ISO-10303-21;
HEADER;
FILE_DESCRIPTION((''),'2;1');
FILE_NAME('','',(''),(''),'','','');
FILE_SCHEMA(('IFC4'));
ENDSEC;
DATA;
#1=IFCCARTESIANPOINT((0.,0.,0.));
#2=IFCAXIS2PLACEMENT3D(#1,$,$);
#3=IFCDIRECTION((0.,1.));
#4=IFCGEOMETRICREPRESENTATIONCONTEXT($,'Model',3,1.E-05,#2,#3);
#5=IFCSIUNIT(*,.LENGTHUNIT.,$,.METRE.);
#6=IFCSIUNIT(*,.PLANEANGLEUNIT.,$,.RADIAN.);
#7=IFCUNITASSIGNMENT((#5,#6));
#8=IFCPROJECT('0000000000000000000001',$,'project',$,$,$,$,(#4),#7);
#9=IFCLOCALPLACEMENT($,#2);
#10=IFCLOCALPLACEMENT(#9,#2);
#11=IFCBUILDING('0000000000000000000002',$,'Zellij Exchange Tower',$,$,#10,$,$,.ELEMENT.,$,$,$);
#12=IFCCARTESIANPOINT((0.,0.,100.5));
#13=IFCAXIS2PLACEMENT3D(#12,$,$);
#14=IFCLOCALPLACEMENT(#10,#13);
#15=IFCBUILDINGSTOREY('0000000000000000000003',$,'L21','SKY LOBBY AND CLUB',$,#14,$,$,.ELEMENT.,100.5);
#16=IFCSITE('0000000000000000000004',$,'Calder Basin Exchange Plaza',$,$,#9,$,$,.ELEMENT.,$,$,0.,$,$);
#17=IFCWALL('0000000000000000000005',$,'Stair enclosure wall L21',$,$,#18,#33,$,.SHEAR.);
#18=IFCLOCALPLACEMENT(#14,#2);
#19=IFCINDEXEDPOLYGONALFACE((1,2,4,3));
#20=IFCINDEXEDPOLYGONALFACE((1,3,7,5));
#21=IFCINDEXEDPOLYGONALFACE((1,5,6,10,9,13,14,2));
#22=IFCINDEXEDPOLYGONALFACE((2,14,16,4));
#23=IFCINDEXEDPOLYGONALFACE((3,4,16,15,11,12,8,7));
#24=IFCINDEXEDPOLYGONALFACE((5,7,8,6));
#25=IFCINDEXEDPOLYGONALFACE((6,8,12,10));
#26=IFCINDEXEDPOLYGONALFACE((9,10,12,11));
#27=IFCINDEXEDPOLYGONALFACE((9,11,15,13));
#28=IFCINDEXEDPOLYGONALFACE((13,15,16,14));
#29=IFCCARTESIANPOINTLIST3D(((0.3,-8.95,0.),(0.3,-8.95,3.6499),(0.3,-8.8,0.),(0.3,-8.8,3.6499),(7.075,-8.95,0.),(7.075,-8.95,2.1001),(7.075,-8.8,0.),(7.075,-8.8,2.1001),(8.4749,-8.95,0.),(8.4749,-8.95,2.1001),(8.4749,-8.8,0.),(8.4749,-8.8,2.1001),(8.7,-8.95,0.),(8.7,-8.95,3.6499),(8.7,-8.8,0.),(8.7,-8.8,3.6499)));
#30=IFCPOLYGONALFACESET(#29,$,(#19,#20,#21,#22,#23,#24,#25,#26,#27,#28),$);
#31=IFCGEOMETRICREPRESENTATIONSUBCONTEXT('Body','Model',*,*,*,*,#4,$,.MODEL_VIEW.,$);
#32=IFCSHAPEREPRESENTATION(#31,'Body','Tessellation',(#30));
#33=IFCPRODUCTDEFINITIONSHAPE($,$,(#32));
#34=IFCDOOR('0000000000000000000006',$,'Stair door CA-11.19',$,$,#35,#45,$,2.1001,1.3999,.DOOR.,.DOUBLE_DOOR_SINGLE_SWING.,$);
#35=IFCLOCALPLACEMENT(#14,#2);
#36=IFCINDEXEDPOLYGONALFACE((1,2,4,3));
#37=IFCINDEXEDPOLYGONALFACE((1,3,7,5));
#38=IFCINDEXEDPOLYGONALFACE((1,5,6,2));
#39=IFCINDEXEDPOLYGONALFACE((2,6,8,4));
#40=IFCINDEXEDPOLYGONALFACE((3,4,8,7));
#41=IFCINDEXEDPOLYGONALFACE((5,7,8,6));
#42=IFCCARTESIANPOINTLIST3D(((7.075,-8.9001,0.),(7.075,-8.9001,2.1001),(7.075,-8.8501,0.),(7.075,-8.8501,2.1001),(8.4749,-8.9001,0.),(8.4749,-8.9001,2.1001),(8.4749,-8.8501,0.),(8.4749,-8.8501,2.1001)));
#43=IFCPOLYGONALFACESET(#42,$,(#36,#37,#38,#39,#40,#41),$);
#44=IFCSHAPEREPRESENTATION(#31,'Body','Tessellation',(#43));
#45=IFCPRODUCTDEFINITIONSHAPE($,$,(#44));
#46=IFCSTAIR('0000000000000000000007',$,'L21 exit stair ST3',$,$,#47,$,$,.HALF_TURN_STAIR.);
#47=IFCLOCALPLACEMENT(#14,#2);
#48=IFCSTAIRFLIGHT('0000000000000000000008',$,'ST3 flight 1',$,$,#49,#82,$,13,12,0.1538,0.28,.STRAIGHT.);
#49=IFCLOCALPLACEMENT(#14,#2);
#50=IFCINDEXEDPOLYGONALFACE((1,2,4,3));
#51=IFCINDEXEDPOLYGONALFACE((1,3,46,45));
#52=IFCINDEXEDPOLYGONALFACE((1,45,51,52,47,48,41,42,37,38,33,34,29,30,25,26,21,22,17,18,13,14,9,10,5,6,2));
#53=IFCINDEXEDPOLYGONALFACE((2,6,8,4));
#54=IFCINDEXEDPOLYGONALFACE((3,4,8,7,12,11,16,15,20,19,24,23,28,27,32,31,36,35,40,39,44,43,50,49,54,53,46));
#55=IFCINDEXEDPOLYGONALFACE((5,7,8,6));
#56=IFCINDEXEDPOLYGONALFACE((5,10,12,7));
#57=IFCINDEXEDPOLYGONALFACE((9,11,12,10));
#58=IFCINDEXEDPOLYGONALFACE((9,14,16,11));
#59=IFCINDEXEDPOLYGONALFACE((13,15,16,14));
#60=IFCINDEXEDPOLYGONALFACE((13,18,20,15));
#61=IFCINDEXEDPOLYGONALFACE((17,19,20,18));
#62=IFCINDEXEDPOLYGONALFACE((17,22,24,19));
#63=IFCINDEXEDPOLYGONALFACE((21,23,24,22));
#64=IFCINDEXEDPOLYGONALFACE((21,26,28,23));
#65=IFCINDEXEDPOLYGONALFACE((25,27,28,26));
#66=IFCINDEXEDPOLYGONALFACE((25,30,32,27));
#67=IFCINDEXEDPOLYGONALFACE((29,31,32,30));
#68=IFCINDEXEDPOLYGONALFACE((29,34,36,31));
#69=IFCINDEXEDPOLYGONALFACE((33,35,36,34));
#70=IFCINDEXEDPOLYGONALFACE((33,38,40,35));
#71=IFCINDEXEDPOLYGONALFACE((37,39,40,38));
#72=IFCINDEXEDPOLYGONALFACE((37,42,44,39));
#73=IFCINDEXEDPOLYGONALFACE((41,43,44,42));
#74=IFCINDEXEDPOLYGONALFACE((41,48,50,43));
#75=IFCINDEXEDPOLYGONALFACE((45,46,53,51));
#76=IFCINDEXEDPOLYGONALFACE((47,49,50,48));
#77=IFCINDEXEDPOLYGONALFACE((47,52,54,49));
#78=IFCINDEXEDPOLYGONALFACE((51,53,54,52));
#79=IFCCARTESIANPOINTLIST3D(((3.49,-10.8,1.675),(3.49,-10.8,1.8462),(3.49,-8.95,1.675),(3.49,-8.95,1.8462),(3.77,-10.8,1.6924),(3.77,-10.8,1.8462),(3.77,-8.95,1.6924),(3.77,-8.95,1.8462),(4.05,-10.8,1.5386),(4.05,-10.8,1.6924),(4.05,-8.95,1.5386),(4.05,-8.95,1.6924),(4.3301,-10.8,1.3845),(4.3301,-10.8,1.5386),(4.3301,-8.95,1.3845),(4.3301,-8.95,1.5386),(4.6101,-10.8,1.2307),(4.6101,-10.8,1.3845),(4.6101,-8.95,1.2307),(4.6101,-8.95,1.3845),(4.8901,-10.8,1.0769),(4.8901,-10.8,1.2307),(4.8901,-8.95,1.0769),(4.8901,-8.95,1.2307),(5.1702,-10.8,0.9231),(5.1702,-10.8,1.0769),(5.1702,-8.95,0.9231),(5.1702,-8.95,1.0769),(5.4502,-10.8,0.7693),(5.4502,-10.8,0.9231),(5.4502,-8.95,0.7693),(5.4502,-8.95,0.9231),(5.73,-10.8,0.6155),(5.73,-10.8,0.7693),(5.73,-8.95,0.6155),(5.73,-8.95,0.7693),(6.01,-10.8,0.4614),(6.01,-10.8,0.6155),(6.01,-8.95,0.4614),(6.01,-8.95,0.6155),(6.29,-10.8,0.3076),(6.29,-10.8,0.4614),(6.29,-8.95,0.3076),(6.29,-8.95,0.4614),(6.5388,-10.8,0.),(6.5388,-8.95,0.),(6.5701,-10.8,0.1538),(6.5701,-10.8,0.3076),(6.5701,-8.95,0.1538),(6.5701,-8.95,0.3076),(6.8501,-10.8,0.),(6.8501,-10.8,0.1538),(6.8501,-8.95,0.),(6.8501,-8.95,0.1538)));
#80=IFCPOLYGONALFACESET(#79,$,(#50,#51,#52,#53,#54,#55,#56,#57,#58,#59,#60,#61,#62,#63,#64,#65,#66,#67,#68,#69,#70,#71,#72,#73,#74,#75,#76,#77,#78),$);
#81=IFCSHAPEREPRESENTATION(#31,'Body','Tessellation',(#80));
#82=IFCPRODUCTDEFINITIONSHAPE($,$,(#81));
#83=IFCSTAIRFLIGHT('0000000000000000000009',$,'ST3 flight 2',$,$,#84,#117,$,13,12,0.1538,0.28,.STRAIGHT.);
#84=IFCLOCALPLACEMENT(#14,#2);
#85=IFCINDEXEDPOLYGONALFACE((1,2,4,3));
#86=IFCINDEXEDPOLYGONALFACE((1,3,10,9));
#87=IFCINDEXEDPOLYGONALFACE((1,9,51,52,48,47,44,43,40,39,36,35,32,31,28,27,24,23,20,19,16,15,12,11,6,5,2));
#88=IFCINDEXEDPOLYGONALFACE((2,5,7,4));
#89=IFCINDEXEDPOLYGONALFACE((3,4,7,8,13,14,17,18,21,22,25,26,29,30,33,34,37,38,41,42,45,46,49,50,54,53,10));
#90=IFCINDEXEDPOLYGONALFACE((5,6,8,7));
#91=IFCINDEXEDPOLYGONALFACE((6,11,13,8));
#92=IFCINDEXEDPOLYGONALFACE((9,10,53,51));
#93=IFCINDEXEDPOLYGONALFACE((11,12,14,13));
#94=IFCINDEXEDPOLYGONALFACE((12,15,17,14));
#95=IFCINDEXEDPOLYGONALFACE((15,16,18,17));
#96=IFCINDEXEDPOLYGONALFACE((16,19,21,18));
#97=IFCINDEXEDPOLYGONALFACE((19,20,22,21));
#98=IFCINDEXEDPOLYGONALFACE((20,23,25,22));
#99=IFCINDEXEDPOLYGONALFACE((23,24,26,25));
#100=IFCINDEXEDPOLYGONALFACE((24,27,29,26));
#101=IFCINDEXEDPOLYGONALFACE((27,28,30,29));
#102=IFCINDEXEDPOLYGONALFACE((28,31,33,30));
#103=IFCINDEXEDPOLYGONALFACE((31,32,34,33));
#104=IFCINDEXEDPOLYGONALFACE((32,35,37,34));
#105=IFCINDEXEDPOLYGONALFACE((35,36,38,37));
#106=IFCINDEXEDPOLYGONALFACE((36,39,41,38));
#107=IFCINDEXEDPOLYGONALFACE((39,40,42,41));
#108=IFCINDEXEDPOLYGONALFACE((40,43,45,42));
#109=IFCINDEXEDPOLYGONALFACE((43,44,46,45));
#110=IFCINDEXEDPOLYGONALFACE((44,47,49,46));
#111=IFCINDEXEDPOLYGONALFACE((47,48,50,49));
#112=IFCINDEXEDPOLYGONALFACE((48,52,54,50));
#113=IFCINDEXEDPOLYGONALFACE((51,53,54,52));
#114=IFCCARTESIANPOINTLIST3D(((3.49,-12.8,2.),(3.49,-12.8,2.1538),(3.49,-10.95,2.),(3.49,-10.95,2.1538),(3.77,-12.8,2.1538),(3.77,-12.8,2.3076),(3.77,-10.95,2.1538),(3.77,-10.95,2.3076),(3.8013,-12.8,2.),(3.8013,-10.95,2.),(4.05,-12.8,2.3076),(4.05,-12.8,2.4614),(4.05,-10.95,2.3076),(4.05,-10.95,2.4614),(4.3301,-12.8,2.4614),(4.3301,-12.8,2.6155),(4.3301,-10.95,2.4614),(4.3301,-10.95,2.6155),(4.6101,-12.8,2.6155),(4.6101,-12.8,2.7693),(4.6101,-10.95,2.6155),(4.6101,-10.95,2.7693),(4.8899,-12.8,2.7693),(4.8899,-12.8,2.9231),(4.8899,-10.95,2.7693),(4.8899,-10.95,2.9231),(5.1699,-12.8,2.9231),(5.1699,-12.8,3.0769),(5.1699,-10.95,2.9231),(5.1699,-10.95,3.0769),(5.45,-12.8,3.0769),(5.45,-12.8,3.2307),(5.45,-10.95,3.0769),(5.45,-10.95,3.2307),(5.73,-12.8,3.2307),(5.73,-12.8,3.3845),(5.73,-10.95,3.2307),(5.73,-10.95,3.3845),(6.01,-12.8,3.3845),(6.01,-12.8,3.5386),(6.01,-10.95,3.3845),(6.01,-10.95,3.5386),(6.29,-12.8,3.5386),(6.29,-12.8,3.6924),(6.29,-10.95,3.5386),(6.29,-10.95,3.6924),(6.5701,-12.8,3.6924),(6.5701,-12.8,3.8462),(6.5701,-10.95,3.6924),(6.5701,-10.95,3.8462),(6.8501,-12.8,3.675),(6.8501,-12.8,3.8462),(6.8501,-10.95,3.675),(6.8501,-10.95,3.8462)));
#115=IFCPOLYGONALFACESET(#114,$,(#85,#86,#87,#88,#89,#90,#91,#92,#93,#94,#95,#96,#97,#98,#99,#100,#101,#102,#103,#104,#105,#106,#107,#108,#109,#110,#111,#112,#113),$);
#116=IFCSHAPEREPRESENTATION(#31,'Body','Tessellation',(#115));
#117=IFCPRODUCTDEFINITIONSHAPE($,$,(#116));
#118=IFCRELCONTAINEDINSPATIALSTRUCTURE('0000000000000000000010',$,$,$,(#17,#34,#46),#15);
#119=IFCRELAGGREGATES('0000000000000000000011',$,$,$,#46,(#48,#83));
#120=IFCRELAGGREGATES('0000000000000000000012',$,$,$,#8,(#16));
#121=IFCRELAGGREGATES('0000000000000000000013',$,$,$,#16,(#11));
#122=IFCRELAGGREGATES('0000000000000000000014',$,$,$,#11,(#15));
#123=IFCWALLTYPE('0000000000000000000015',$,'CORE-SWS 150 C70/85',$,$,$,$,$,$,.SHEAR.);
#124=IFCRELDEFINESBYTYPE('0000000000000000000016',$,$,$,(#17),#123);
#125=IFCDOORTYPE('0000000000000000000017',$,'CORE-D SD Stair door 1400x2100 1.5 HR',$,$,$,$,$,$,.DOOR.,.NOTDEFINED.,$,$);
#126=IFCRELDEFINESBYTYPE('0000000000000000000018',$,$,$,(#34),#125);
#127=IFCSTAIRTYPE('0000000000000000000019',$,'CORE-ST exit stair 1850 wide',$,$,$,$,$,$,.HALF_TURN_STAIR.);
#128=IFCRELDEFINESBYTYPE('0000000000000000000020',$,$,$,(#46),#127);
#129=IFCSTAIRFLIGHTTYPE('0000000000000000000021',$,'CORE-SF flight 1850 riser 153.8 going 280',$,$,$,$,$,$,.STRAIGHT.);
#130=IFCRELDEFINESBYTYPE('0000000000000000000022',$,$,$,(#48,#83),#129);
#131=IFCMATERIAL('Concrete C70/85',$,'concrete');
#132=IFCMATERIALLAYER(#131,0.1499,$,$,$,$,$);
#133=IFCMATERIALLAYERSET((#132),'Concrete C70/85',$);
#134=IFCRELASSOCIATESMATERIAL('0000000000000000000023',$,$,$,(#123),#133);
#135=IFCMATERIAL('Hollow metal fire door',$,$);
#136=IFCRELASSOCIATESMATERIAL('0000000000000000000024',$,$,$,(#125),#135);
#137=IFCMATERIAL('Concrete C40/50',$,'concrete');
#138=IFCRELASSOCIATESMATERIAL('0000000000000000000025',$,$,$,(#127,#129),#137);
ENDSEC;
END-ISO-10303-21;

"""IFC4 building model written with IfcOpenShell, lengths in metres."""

from ifc_helpers import new_model, si_unit, direction, frame, frame_2d, origin, place, context, subcontext, project, spatial, polyline, rectangle, outline, extrude, material, layer, layer_set, type_object, element, fill, aggregate, save


model = new_model("IFC4")

# Units and contexts
model_context = context("Model", 3, precision=1e-05, world=origin(), true_north=direction((0.0, 1.0)))
body_context = subcontext(model_context, "Body", "Model", "MODEL_VIEW")
ifc_project = project(units=[si_unit("LENGTHUNIT", "METRE"), si_unit("PLANEANGLEUNIT", "RADIAN")], contexts=[model_context])

# Site, building, storey
site_placement = place(None, origin())
site = spatial("IfcSite", under=ifc_project, at=site_placement, Name="Calder Basin Exchange Plaza", CompositionType="ELEMENT", RefElevation=0.0)
building_placement = place(site_placement, origin())
building = spatial("IfcBuilding", under=site, at=building_placement, Name="Zellij Exchange Tower", CompositionType="ELEMENT")
storey_placement = place(building_placement, frame((0.0, 0.0, 100.5)))
storey = spatial("IfcBuildingStorey", under=building, at=storey_placement, Name="L21", Description="SKY LOBBY AND CLUB", CompositionType="ELEMENT", Elevation=100.5)

# Shared definitions
ifc_material_1 = material(Name="Concrete C70/85", Category="concrete")

# Shared definitions
ifc_material_2 = material(Name="Hollow metal fire door")

# Wall, opening, door
ifc_layer_1 = layer(ifc_material_1, 0.1499)
ifc_layer_set_1 = layer_set([ifc_layer_1], Name="Concrete C70/85")
wall_type_1 = type_object("IfcWallType", Name="CORE-SWS 150 C70/85", PredefinedType="SHEAR", material=ifc_layer_set_1)
wall_1_placement = place(storey_placement, frame((0.3, -8.875, 0.0), z_axis=(0.0, 0.0, 1.0), x_axis=(1.0, 0.0, 0.0)))
wall_1 = element("IfcWall", 1, at=wall_1_placement, inside=storey, type_object=wall_type_1, Name="Stair enclosure wall L21", PredefinedType="SHEAR", context=body_context, shape_type="SweptSolid", body=[
    extrude(rectangle(XDim=8.3999, YDim=0.1499, at=frame_2d((4.2, 0.0))), origin(), (0.0, 0.0, 1.0), 3.6499),
])
opening_1_placement = place(wall_1_placement, frame((6.7749, 0.0, 0.0)))
opening_1 = element("IfcOpeningElement", 2, at=opening_1_placement, cuts=wall_1, PredefinedType="OPENING", context=body_context, shape_type="SweptSolid", body=[
    extrude(rectangle(XDim=1.3999, YDim=2.1001, at=frame_2d((0.7, 1.05))), frame((0.0, 0.0869, 0.0), z_axis=(0.0, -1.0, 0.0), x_axis=(1.0, 0.0, 0.0)), (0.0, 0.0, 1.0), 0.1738),
])
door_type_1 = type_object("IfcDoorType", Name="CORE-D SD Stair door 1400x2100 1.5 HR", OperationType="NOTDEFINED", PredefinedType="DOOR", material=ifc_material_2)
door_1_placement = place(opening_1_placement, origin())
door_1 = element("IfcDoor", 3, at=door_1_placement, inside=storey, type_object=door_type_1, Name="Stair door CA-11.19", OperationType="DOUBLE_DOOR_SINGLE_SWING", OverallHeight=2.1001, OverallWidth=1.3999, PredefinedType="DOOR", context=body_context, shape_type="SweptSolid", body=[
    extrude(rectangle(XDim=1.3999, YDim=2.1001, at=frame_2d((0.7, 1.05))), frame((0.0, 0.0249, 0.0), z_axis=(0.0, -1.0, 0.0), x_axis=(1.0, 0.0, 0.0)), (0.0, 0.0, 1.0), 0.05),
])
fill(opening_1, door_1)

# Stair, stair flights
ifc_material_3 = material(Name="Concrete C40/50", Category="concrete")
stair_type = type_object("IfcStairType", Name="CORE-ST exit stair 1850 wide", PredefinedType="HALF_TURN_STAIR", material=ifc_material_3)
stair_placement = place(storey_placement, origin())
stair = element("IfcStair", 4, at=stair_placement, inside=storey, type_object=stair_type, Name="L21 exit stair ST3", PredefinedType="HALF_TURN_STAIR")
stair_flight_type = type_object("IfcStairFlightType", Name="CORE-SF flight 1850 riser 153.8 going 280", PredefinedType="STRAIGHT", material=ifc_material_3)
stair_flight_1_placement = place(storey_placement, frame((6.8501, -9.875, 0.0), z_axis=(0.0, 0.0, 1.0), x_axis=(-1.0, 0.0, 0.0)))
stair_flight_1 = element("IfcStairFlight", 5, at=stair_flight_1_placement, type_object=stair_flight_type, Name="ST3 flight 1", NumberOfRisers=13, NumberOfTreads=12, PredefinedType="STRAIGHT", RiserHeight=0.1538, TreadLength=0.28, context=body_context, shape_type="SweptSolid", body=[
    extrude(outline(polyline([(0.0, 0.0), (0.0, 0.1538), (0.28, 0.1538), (0.28, 0.3076), (0.5601, 0.3076), (0.5601, 0.4614), (0.8401, 0.4614), (0.8401, 0.6155), (1.1201, 0.6155), (1.1201, 0.7693), (1.3999, 0.7693), (1.3999, 0.9231), (1.6799, 0.9231), (1.6799, 1.0769), (1.96, 1.0769), (1.96, 1.2307), (2.24, 1.2307), (2.24, 1.3845), (2.52, 1.3845), (2.52, 1.5386), (2.8, 1.5386), (2.8, 1.6924), (3.0801, 1.6924), (3.0801, 1.8462), (3.3601, 1.8462), (3.3601, 2.0), (3.3601, 1.675), (0.3113, 0.0), (0.0, 0.0)])), frame((0.0, 0.925, 0.0), z_axis=(0.0, -1.0, 0.0), x_axis=(1.0, 0.0, 0.0)), (0.0, 0.0, 1.0), 1.8501),
])
stair_flight_2_placement = place(storey_placement, frame((3.49, -11.875, 2.0), z_axis=(0.0, 0.0, 1.0), x_axis=(1.0, 0.0, 0.0)))
stair_flight_2 = element("IfcStairFlight", 6, at=stair_flight_2_placement, type_object=stair_flight_type, Name="ST3 flight 2", NumberOfRisers=13, NumberOfTreads=12, PredefinedType="STRAIGHT", RiserHeight=0.1538, TreadLength=0.28, context=body_context, shape_type="SweptSolid", body=[
    extrude(outline(polyline([(0.0, 0.0), (0.0, 0.1538), (0.28, 0.1538), (0.28, 0.3076), (0.5601, 0.3076), (0.5601, 0.4614), (0.8401, 0.4614), (0.8401, 0.6155), (1.1201, 0.6155), (1.1201, 0.7693), (1.3999, 0.7693), (1.3999, 0.9231), (1.6799, 0.9231), (1.6799, 1.0769), (1.96, 1.0769), (1.96, 1.2307), (2.24, 1.2307), (2.24, 1.3845), (2.52, 1.3845), (2.52, 1.5386), (2.8, 1.5386), (2.8, 1.6924), (3.0801, 1.6924), (3.0801, 1.8462), (3.3601, 1.8462), (3.3601, 2.0), (3.3601, 1.675), (0.3113, 0.0), (0.0, 0.0)])), frame((0.0, 0.925, 0.0), z_axis=(0.0, -1.0, 0.0), x_axis=(1.0, 0.0, 0.0)), (0.0, 0.0, 1.0), 1.8501),
])
aggregate(stair, [stair_flight_1, stair_flight_2])

save(model, "model.ifc")
